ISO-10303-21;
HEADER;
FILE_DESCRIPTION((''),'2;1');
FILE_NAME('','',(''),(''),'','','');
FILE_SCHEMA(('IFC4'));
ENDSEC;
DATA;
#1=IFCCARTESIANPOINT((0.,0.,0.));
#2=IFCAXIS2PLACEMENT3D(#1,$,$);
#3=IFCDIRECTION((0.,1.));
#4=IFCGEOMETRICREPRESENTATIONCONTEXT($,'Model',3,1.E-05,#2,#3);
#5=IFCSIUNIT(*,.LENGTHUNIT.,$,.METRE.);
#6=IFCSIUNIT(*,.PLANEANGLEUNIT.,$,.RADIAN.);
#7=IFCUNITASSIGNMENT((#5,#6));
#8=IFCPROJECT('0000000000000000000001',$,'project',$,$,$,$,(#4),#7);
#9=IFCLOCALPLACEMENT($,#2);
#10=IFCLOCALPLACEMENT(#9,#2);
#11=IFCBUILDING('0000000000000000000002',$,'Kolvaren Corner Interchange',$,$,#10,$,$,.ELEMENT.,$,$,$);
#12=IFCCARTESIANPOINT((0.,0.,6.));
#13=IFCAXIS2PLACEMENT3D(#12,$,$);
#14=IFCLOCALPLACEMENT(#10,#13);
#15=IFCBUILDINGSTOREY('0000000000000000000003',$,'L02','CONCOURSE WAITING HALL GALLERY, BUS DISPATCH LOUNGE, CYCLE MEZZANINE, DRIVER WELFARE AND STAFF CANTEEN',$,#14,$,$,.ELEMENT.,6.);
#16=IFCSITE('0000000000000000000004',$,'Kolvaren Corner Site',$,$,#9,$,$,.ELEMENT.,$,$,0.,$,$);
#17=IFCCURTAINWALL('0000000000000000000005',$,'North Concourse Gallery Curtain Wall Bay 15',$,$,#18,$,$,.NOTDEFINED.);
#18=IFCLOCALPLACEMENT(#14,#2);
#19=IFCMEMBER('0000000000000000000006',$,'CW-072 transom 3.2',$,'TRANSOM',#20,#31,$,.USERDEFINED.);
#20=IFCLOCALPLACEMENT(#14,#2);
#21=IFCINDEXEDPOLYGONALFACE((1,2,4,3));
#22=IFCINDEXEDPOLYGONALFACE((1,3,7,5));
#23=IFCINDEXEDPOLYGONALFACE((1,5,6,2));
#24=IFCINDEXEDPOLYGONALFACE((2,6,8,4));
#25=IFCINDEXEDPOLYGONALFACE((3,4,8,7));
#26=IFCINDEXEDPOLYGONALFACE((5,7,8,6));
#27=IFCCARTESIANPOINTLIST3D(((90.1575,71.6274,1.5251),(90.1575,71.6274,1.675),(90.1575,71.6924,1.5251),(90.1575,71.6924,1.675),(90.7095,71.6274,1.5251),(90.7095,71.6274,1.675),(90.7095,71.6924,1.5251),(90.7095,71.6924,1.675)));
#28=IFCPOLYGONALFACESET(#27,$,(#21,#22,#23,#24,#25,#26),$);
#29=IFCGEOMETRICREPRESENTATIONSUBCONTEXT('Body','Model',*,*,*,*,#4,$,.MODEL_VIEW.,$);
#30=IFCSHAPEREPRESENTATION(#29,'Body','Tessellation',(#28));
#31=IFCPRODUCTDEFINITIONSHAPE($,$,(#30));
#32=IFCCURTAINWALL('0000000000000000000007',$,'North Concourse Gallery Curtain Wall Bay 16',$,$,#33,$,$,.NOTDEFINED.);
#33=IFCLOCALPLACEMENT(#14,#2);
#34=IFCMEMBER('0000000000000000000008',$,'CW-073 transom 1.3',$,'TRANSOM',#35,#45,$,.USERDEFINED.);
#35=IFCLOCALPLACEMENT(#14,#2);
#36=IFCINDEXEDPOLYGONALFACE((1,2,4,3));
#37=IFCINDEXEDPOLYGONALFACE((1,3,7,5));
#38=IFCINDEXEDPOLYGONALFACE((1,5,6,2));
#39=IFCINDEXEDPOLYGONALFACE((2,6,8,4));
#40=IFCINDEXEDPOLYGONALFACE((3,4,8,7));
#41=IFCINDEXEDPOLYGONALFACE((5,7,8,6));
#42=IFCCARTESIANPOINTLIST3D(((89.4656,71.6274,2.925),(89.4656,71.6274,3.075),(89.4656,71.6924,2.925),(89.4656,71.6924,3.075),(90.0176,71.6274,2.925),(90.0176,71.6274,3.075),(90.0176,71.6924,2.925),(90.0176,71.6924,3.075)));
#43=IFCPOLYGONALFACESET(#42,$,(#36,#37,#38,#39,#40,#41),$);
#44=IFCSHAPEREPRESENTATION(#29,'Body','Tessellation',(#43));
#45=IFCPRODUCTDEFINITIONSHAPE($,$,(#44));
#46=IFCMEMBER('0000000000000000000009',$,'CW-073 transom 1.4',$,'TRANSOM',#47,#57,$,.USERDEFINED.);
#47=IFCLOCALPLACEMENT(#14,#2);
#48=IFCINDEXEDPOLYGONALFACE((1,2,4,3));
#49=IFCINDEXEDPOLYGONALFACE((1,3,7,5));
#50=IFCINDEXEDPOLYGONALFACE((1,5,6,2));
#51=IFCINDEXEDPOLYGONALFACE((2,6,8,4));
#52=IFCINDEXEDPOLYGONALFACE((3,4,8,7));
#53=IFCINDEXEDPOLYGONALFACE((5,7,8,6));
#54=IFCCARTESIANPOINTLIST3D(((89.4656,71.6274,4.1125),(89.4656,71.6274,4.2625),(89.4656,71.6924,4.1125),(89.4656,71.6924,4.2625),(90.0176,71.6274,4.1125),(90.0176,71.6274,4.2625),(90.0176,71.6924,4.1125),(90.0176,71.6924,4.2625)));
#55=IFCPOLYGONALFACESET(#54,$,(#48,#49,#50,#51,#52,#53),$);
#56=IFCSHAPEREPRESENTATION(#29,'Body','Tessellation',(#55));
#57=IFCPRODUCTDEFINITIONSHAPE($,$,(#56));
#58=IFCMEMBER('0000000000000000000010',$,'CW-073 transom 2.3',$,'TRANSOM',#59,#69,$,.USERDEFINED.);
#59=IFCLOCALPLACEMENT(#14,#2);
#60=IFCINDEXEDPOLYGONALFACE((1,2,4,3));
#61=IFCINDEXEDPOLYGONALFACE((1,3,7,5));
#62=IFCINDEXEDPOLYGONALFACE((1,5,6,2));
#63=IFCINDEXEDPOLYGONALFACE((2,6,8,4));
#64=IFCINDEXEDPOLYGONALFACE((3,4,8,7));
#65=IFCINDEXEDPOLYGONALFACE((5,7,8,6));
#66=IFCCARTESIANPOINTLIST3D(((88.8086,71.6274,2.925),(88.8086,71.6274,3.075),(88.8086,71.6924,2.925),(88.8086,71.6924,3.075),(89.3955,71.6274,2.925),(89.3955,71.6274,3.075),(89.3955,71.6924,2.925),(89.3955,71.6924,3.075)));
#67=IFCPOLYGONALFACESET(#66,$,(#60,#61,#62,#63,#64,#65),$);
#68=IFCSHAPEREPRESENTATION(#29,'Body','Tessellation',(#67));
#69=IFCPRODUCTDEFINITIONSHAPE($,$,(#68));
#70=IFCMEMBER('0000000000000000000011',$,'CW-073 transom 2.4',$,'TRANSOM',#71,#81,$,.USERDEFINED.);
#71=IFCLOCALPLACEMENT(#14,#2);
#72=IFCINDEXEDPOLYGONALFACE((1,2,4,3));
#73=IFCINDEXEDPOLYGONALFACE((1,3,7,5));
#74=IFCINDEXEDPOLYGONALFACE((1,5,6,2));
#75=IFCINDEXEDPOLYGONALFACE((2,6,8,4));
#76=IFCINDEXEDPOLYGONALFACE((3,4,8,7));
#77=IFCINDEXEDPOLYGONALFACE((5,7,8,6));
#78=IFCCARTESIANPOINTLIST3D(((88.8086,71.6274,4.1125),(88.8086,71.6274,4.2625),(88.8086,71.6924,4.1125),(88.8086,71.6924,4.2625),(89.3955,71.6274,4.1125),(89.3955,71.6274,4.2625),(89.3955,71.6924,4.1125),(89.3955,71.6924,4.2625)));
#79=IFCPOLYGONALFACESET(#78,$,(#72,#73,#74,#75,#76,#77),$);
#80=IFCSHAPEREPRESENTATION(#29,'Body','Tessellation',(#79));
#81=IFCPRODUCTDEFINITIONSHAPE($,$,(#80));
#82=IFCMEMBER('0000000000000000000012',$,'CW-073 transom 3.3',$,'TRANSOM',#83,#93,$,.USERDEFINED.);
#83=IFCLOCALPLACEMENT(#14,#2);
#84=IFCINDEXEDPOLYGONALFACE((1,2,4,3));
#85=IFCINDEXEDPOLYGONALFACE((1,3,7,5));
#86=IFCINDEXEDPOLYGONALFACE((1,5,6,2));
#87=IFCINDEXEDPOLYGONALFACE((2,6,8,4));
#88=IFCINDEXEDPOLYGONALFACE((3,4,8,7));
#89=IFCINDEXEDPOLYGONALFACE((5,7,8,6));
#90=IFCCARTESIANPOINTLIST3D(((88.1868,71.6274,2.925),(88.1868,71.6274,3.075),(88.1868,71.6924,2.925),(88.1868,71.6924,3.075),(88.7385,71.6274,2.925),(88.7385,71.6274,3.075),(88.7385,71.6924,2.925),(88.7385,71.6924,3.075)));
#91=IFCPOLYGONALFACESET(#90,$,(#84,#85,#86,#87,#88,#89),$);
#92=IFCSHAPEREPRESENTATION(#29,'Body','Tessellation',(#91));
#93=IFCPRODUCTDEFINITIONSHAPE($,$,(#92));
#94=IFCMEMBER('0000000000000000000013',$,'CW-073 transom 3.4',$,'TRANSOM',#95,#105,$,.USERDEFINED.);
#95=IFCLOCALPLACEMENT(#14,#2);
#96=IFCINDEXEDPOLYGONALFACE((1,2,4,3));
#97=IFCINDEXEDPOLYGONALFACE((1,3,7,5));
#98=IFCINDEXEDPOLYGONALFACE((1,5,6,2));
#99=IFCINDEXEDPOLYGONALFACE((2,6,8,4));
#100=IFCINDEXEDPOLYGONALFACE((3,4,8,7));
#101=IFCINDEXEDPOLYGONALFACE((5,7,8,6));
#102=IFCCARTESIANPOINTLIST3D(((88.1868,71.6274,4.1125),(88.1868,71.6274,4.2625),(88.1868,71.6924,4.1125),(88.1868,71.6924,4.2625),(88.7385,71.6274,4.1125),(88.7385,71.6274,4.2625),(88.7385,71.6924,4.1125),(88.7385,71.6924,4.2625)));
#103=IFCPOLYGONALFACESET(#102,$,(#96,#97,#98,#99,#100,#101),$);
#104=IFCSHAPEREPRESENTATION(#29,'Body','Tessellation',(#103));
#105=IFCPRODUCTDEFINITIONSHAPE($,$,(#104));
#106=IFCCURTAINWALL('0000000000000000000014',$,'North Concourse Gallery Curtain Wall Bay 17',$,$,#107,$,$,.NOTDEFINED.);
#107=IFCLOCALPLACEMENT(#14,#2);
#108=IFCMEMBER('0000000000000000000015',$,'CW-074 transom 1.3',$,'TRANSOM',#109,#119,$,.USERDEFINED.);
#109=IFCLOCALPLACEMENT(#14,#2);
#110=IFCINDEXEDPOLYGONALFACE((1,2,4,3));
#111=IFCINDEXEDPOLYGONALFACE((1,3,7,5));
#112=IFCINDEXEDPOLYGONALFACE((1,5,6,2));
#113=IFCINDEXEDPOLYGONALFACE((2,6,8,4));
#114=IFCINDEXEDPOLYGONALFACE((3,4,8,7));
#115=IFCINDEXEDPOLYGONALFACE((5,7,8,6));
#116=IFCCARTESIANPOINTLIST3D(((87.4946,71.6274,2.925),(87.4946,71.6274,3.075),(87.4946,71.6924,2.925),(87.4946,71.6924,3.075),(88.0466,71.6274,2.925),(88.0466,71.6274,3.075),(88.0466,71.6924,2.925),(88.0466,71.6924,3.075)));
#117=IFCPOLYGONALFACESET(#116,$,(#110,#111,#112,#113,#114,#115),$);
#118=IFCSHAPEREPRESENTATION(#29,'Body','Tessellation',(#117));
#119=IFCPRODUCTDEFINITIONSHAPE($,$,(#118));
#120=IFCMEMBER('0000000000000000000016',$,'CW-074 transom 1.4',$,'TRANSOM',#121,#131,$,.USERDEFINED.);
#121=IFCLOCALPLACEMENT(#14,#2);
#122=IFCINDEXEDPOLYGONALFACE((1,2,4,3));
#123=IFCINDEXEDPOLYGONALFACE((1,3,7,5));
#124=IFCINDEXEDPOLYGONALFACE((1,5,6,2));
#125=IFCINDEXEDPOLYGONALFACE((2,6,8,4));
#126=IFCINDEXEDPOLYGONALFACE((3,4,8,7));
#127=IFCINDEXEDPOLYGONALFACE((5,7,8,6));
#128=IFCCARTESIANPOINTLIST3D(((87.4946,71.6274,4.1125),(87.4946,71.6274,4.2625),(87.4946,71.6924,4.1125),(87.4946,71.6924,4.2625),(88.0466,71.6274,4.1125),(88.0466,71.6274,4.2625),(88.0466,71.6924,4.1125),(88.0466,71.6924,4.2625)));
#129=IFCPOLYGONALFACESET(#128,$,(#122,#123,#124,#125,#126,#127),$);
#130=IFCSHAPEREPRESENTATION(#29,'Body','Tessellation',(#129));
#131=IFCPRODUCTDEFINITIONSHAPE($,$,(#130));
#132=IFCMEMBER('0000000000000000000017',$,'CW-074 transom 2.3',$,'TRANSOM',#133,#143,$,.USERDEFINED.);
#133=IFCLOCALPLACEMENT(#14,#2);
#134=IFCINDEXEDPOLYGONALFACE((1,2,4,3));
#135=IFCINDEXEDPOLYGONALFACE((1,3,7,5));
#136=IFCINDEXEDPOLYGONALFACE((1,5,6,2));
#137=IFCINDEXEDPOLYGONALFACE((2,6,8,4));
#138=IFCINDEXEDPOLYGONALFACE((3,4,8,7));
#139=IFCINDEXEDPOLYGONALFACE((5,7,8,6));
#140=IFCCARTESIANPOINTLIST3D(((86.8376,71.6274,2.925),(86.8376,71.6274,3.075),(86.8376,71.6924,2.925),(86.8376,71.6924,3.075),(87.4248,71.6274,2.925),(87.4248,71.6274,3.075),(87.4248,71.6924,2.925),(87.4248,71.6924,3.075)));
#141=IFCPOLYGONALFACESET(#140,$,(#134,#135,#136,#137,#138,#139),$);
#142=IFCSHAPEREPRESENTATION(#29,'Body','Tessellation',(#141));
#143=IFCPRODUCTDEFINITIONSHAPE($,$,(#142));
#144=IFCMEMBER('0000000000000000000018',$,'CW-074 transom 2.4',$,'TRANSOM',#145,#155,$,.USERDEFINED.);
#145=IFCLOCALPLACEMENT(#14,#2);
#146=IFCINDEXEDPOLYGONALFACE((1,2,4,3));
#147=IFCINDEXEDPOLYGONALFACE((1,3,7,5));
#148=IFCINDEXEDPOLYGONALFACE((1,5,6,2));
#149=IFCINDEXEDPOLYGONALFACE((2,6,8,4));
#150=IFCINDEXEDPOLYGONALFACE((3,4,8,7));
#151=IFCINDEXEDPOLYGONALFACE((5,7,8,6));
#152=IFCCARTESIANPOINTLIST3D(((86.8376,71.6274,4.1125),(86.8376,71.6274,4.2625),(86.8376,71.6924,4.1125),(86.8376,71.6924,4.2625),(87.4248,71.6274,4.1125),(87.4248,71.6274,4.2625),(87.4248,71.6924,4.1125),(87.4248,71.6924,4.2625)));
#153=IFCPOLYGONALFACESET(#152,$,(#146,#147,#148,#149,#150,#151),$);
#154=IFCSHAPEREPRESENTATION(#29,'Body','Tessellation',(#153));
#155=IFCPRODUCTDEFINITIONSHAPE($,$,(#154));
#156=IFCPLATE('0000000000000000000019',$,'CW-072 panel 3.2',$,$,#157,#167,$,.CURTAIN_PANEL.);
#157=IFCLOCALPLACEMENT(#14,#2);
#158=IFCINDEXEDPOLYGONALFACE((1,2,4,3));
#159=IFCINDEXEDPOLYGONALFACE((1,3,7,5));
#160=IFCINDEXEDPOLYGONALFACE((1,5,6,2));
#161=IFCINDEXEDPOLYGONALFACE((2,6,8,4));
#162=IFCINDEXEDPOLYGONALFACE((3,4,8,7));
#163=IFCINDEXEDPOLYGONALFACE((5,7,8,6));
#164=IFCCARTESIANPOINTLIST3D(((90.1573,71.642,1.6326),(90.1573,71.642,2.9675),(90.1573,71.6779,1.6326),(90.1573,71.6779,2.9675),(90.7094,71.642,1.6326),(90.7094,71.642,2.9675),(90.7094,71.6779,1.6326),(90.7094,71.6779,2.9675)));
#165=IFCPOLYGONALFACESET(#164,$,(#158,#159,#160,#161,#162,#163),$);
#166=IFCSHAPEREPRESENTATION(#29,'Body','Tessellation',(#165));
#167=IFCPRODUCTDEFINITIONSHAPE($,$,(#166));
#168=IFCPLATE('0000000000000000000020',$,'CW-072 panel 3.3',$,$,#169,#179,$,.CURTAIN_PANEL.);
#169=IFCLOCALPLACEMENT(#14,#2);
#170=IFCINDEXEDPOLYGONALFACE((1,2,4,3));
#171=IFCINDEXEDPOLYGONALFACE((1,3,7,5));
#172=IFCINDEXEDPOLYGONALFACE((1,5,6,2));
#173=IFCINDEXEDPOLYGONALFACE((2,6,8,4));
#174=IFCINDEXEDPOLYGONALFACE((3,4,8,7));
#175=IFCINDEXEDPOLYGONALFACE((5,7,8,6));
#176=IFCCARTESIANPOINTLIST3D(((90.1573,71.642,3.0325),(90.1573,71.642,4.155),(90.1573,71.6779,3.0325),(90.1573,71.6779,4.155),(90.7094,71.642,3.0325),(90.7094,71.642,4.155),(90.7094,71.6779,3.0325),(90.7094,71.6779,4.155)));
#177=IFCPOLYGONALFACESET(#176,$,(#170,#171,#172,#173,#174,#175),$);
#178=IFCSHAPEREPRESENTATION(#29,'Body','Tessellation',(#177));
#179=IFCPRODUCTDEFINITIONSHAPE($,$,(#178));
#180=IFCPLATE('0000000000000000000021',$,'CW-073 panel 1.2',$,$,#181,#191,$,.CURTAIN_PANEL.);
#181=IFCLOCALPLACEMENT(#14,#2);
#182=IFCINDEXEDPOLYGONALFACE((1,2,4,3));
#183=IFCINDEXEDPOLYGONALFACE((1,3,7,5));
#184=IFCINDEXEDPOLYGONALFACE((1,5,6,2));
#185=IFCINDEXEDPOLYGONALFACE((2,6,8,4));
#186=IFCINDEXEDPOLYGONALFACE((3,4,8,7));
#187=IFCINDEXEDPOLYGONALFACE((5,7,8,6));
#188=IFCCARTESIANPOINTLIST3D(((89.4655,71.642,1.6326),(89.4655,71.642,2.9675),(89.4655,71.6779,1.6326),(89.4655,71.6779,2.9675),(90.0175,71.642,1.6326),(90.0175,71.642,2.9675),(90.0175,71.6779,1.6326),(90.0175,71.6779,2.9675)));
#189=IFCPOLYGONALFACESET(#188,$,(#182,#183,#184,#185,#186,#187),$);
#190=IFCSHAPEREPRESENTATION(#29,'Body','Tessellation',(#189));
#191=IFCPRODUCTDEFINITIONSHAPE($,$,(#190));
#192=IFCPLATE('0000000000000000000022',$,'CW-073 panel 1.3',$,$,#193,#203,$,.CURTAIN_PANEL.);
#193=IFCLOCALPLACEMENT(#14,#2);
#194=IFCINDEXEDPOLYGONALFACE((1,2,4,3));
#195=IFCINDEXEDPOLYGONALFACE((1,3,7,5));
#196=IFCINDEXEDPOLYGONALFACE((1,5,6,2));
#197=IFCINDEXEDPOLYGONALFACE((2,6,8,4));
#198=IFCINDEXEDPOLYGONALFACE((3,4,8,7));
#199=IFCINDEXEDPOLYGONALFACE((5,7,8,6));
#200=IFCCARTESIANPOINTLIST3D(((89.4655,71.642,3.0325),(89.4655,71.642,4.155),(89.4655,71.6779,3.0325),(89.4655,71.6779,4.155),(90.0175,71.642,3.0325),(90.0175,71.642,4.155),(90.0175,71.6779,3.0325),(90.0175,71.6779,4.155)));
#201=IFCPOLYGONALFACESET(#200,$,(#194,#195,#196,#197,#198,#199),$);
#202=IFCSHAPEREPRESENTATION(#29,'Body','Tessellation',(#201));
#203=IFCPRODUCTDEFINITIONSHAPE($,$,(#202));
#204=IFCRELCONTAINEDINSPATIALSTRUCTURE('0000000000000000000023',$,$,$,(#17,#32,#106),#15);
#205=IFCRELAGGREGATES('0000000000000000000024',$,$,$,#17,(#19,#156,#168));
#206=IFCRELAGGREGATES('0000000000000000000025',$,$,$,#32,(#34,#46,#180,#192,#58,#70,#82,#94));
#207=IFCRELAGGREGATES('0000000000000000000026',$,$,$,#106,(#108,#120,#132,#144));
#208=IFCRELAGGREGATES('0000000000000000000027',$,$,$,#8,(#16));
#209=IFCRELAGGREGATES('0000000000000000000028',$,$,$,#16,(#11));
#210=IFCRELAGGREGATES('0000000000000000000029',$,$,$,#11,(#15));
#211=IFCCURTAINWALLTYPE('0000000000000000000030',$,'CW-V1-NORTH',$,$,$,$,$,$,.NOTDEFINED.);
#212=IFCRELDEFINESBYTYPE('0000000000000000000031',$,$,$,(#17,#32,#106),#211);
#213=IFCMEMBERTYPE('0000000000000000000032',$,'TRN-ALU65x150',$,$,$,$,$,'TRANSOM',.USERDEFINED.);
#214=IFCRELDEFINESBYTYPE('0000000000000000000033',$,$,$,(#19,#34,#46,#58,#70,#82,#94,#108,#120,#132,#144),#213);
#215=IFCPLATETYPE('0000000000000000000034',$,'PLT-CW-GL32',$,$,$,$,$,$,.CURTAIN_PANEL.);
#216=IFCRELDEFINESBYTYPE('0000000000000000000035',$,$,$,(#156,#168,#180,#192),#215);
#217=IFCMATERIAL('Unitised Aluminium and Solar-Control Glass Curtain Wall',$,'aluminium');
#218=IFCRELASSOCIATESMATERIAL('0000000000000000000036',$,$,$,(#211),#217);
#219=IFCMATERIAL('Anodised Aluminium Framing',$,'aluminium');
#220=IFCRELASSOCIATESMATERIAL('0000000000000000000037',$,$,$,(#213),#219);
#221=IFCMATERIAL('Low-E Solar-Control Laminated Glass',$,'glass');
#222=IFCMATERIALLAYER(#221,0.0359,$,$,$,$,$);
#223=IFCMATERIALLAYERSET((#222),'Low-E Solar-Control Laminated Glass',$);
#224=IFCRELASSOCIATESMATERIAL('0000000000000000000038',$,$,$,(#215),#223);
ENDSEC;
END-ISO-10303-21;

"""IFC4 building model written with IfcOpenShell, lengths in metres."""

from ifc_helpers import new_model, si_unit, direction, frame, origin, origin_2d, place, context, subcontext, project, spatial, rectangle, extrude, material, layer, layer_set, material_profile, profile_set, type_object, element, aggregate, save


model = new_model("IFC4")

# Units and contexts
model_context = context("Model", 3, precision=1e-05, world=origin(), true_north=direction((0.0, 1.0)))
body_context = subcontext(model_context, "Body", "Model", "MODEL_VIEW")
ifc_project = project(units=[si_unit("LENGTHUNIT", "METRE"), si_unit("PLANEANGLEUNIT", "RADIAN")], contexts=[model_context])

# Site, building, storey
site_placement = place(None, origin())
site = spatial("IfcSite", under=ifc_project, at=site_placement, Name="Kolvaren Corner Site", CompositionType="ELEMENT", RefElevation=0.0)
building_placement = place(site_placement, origin())
building = spatial("IfcBuilding", under=site, at=building_placement, Name="Kolvaren Corner Interchange", CompositionType="ELEMENT")
storey_placement = place(building_placement, frame((0.0, 0.0, 6.0)))
storey = spatial("IfcBuildingStorey", under=building, at=storey_placement, Name="L02", Description="CONCOURSE WAITING HALL GALLERY, BUS DISPATCH LOUNGE, CYCLE MEZZANINE, DRIVER WELFARE AND STAFF CANTEEN", CompositionType="ELEMENT", Elevation=6.0)

# Curtain wall, member
ifc_material_1 = material(Name="Unitised Aluminium and Solar-Control Glass Curtain Wall", Category="aluminium")
curtain_wall_type = type_object("IfcCurtainWallType", Name="CW-V1-NORTH", PredefinedType="NOTDEFINED", material=ifc_material_1)
curtain_wall_1_placement = place(storey_placement, origin())
curtain_wall_1 = element("IfcCurtainWall", 1, at=curtain_wall_1_placement, inside=storey, type_object=curtain_wall_type, Name="North Concourse Gallery Curtain Wall Bay 15", PredefinedType="NOTDEFINED")
ifc_material_2 = material(Name="Anodised Aluminium Framing", Category="aluminium")
ifc_material_profile = material_profile(ifc_material_2, rectangle(XDim=0.0649, YDim=0.1499, at=origin_2d()), Name="ALU 65x150")
ifc_profile_set = profile_set([ifc_material_profile], Name="Anodised Aluminium Framing")
member_type = type_object("IfcMemberType", Name="TRN-ALU65x150", ElementType="TRANSOM", PredefinedType="USERDEFINED", material=ifc_profile_set)
member_1_placement = place(storey_placement, frame((90.7095, 71.6599, 1.6001), z_axis=(-1.0, 0.0, 0.0), x_axis=(0.0, -1.0, 0.0)))
member_1 = element("IfcMember", 2, at=member_1_placement, type_object=member_type, Name="CW-072 transom 3.2", ObjectType="TRANSOM", PredefinedType="USERDEFINED", context=body_context, shape_type="SweptSolid", body=[
    extrude(rectangle(XDim=0.0649, YDim=0.1499, at=origin_2d()), origin(), (0.0, 0.0, 1.0), 0.552),
])

# Curtain walls, members
curtain_wall_2_placement = place(storey_placement, origin())
curtain_wall_2 = element("IfcCurtainWall", 3, at=curtain_wall_2_placement, inside=storey, type_object=curtain_wall_type, Name="North Concourse Gallery Curtain Wall Bay 16", PredefinedType="NOTDEFINED")
member_2_placement = place(storey_placement, frame((90.0176, 71.6599, 3.0), z_axis=(-1.0, 0.0, 0.0), x_axis=(0.0, -1.0, 0.0)))
member_2 = element("IfcMember", 4, at=member_2_placement, type_object=member_type, Name="CW-073 transom 1.3", ObjectType="TRANSOM", PredefinedType="USERDEFINED", context=body_context, shape_type="SweptSolid", body=[
    extrude(rectangle(XDim=0.0649, YDim=0.1499, at=origin_2d()), origin(), (0.0, 0.0, 1.0), 0.552),
])
member_3_placement = place(storey_placement, frame((90.0176, 71.6599, 4.1875), z_axis=(-1.0, 0.0, 0.0), x_axis=(0.0, -1.0, 0.0)))
member_3 = element("IfcMember", 5, at=member_3_placement, type_object=member_type, Name="CW-073 transom 1.4", ObjectType="TRANSOM", PredefinedType="USERDEFINED", context=body_context, shape_type="SweptSolid", body=[
    extrude(rectangle(XDim=0.0649, YDim=0.1499, at=origin_2d()), origin(), (0.0, 0.0, 1.0), 0.552),
])
member_4_placement = place(storey_placement, frame((89.3955, 71.6599, 3.0), z_axis=(-1.0, 0.0, 0.0), x_axis=(0.0, -1.0, 0.0)))
member_4 = element("IfcMember", 6, at=member_4_placement, type_object=member_type, Name="CW-073 transom 2.3", ObjectType="TRANSOM", PredefinedType="USERDEFINED", context=body_context, shape_type="SweptSolid", body=[
    extrude(rectangle(XDim=0.0649, YDim=0.1499, at=origin_2d()), origin(), (0.0, 0.0, 1.0), 0.5869),
])
member_5_placement = place(storey_placement, frame((89.3955, 71.6599, 4.1875), z_axis=(-1.0, 0.0, 0.0), x_axis=(0.0, -1.0, 0.0)))
member_5 = element("IfcMember", 7, at=member_5_placement, type_object=member_type, Name="CW-073 transom 2.4", ObjectType="TRANSOM", PredefinedType="USERDEFINED", context=body_context, shape_type="SweptSolid", body=[
    extrude(rectangle(XDim=0.0649, YDim=0.1499, at=origin_2d()), origin(), (0.0, 0.0, 1.0), 0.5869),
])
member_6_placement = place(storey_placement, frame((88.7385, 71.6599, 3.0), z_axis=(-1.0, 0.0, 0.0), x_axis=(0.0, -1.0, 0.0)))
member_6 = element("IfcMember", 8, at=member_6_placement, type_object=member_type, Name="CW-073 transom 3.3", ObjectType="TRANSOM", PredefinedType="USERDEFINED", context=body_context, shape_type="SweptSolid", body=[
    extrude(rectangle(XDim=0.0649, YDim=0.1499, at=origin_2d()), origin(), (0.0, 0.0, 1.0), 0.5518),
])
member_7_placement = place(storey_placement, frame((88.7385, 71.6599, 4.1875), z_axis=(-1.0, 0.0, 0.0), x_axis=(0.0, -1.0, 0.0)))
member_7 = element("IfcMember", 9, at=member_7_placement, type_object=member_type, Name="CW-073 transom 3.4", ObjectType="TRANSOM", PredefinedType="USERDEFINED", context=body_context, shape_type="SweptSolid", body=[
    extrude(rectangle(XDim=0.0649, YDim=0.1499, at=origin_2d()), origin(), (0.0, 0.0, 1.0), 0.5518),
])
curtain_wall_3_placement = place(storey_placement, origin())
curtain_wall_3 = element("IfcCurtainWall", 10, at=curtain_wall_3_placement, inside=storey, type_object=curtain_wall_type, Name="North Concourse Gallery Curtain Wall Bay 17", PredefinedType="NOTDEFINED")
member_8_placement = place(storey_placement, frame((88.0466, 71.6599, 3.0), z_axis=(-1.0, 0.0, 0.0), x_axis=(0.0, -1.0, 0.0)))
member_8 = element("IfcMember", 11, at=member_8_placement, type_object=member_type, Name="CW-074 transom 1.3", ObjectType="TRANSOM", PredefinedType="USERDEFINED", context=body_context, shape_type="SweptSolid", body=[
    extrude(rectangle(XDim=0.0649, YDim=0.1499, at=origin_2d()), origin(), (0.0, 0.0, 1.0), 0.552),
])
member_9_placement = place(storey_placement, frame((88.0466, 71.6599, 4.1875), z_axis=(-1.0, 0.0, 0.0), x_axis=(0.0, -1.0, 0.0)))
member_9 = element("IfcMember", 12, at=member_9_placement, type_object=member_type, Name="CW-074 transom 1.4", ObjectType="TRANSOM", PredefinedType="USERDEFINED", context=body_context, shape_type="SweptSolid", body=[
    extrude(rectangle(XDim=0.0649, YDim=0.1499, at=origin_2d()), origin(), (0.0, 0.0, 1.0), 0.552),
])
member_10_placement = place(storey_placement, frame((87.4248, 71.6599, 3.0), z_axis=(-1.0, 0.0, 0.0), x_axis=(0.0, -1.0, 0.0)))
member_10 = element("IfcMember", 13, at=member_10_placement, type_object=member_type, Name="CW-074 transom 2.3", ObjectType="TRANSOM", PredefinedType="USERDEFINED", context=body_context, shape_type="SweptSolid", body=[
    extrude(rectangle(XDim=0.0649, YDim=0.1499, at=origin_2d()), origin(), (0.0, 0.0, 1.0), 0.5872),
])
member_11_placement = place(storey_placement, frame((87.4248, 71.6599, 4.1875), z_axis=(-1.0, 0.0, 0.0), x_axis=(0.0, -1.0, 0.0)))
member_11 = element("IfcMember", 14, at=member_11_placement, type_object=member_type, Name="CW-074 transom 2.4", ObjectType="TRANSOM", PredefinedType="USERDEFINED", context=body_context, shape_type="SweptSolid", body=[
    extrude(rectangle(XDim=0.0649, YDim=0.1499, at=origin_2d()), origin(), (0.0, 0.0, 1.0), 0.5872),
])

# Plates
ifc_material_3 = material(Name="Low-E Solar-Control Laminated Glass", Category="glass")
ifc_layer = layer(ifc_material_3, 0.0359)
ifc_layer_set = layer_set([ifc_layer], Name="Low-E Solar-Control Laminated Glass")
plate_type = type_object("IfcPlateType", Name="PLT-CW-GL32", PredefinedType="CURTAIN_PANEL", material=ifc_layer_set)
plate_1_placement = place(storey_placement, frame((90.4333, 71.6599, 1.6326), z_axis=(0.0, 0.0, 1.0), x_axis=(-1.0, 0.0, 0.0)))
plate_1 = element("IfcPlate", 15, at=plate_1_placement, type_object=plate_type, Name="CW-072 panel 3.2", PredefinedType="CURTAIN_PANEL", context=body_context, shape_type="SweptSolid", body=[
    extrude(rectangle(XDim=0.552, YDim=0.0359, at=origin_2d()), origin(), (0.0, 0.0, 1.0), 1.335),
])
plate_2_placement = place(storey_placement, frame((90.4333, 71.6599, 3.0325), z_axis=(0.0, 0.0, 1.0), x_axis=(-1.0, 0.0, 0.0)))
plate_2 = element("IfcPlate", 16, at=plate_2_placement, type_object=plate_type, Name="CW-072 panel 3.3", PredefinedType="CURTAIN_PANEL", context=body_context, shape_type="SweptSolid", body=[
    extrude(rectangle(XDim=0.552, YDim=0.0359, at=origin_2d()), origin(), (0.0, 0.0, 1.0), 1.1226),
])
aggregate(curtain_wall_1, [member_1, plate_1, plate_2])
plate_3_placement = place(storey_placement, frame((89.7415, 71.6599, 1.6326), z_axis=(0.0, 0.0, 1.0), x_axis=(-1.0, 0.0, 0.0)))
plate_3 = element("IfcPlate", 17, at=plate_3_placement, type_object=plate_type, Name="CW-073 panel 1.2", PredefinedType="CURTAIN_PANEL", context=body_context, shape_type="SweptSolid", body=[
    extrude(rectangle(XDim=0.552, YDim=0.0359, at=origin_2d()), origin(), (0.0, 0.0, 1.0), 1.335),
])
plate_4_placement = place(storey_placement, frame((89.7415, 71.6599, 3.0325), z_axis=(0.0, 0.0, 1.0), x_axis=(-1.0, 0.0, 0.0)))
plate_4 = element("IfcPlate", 18, at=plate_4_placement, type_object=plate_type, Name="CW-073 panel 1.3", PredefinedType="CURTAIN_PANEL", context=body_context, shape_type="SweptSolid", body=[
    extrude(rectangle(XDim=0.552, YDim=0.0359, at=origin_2d()), origin(), (0.0, 0.0, 1.0), 1.1226),
])
aggregate(curtain_wall_2, [member_2, member_3, plate_3, plate_4, member_4, member_5, member_6, member_7])
aggregate(curtain_wall_3, [member_8, member_9, member_10, member_11])

save(model, "model.ifc")
